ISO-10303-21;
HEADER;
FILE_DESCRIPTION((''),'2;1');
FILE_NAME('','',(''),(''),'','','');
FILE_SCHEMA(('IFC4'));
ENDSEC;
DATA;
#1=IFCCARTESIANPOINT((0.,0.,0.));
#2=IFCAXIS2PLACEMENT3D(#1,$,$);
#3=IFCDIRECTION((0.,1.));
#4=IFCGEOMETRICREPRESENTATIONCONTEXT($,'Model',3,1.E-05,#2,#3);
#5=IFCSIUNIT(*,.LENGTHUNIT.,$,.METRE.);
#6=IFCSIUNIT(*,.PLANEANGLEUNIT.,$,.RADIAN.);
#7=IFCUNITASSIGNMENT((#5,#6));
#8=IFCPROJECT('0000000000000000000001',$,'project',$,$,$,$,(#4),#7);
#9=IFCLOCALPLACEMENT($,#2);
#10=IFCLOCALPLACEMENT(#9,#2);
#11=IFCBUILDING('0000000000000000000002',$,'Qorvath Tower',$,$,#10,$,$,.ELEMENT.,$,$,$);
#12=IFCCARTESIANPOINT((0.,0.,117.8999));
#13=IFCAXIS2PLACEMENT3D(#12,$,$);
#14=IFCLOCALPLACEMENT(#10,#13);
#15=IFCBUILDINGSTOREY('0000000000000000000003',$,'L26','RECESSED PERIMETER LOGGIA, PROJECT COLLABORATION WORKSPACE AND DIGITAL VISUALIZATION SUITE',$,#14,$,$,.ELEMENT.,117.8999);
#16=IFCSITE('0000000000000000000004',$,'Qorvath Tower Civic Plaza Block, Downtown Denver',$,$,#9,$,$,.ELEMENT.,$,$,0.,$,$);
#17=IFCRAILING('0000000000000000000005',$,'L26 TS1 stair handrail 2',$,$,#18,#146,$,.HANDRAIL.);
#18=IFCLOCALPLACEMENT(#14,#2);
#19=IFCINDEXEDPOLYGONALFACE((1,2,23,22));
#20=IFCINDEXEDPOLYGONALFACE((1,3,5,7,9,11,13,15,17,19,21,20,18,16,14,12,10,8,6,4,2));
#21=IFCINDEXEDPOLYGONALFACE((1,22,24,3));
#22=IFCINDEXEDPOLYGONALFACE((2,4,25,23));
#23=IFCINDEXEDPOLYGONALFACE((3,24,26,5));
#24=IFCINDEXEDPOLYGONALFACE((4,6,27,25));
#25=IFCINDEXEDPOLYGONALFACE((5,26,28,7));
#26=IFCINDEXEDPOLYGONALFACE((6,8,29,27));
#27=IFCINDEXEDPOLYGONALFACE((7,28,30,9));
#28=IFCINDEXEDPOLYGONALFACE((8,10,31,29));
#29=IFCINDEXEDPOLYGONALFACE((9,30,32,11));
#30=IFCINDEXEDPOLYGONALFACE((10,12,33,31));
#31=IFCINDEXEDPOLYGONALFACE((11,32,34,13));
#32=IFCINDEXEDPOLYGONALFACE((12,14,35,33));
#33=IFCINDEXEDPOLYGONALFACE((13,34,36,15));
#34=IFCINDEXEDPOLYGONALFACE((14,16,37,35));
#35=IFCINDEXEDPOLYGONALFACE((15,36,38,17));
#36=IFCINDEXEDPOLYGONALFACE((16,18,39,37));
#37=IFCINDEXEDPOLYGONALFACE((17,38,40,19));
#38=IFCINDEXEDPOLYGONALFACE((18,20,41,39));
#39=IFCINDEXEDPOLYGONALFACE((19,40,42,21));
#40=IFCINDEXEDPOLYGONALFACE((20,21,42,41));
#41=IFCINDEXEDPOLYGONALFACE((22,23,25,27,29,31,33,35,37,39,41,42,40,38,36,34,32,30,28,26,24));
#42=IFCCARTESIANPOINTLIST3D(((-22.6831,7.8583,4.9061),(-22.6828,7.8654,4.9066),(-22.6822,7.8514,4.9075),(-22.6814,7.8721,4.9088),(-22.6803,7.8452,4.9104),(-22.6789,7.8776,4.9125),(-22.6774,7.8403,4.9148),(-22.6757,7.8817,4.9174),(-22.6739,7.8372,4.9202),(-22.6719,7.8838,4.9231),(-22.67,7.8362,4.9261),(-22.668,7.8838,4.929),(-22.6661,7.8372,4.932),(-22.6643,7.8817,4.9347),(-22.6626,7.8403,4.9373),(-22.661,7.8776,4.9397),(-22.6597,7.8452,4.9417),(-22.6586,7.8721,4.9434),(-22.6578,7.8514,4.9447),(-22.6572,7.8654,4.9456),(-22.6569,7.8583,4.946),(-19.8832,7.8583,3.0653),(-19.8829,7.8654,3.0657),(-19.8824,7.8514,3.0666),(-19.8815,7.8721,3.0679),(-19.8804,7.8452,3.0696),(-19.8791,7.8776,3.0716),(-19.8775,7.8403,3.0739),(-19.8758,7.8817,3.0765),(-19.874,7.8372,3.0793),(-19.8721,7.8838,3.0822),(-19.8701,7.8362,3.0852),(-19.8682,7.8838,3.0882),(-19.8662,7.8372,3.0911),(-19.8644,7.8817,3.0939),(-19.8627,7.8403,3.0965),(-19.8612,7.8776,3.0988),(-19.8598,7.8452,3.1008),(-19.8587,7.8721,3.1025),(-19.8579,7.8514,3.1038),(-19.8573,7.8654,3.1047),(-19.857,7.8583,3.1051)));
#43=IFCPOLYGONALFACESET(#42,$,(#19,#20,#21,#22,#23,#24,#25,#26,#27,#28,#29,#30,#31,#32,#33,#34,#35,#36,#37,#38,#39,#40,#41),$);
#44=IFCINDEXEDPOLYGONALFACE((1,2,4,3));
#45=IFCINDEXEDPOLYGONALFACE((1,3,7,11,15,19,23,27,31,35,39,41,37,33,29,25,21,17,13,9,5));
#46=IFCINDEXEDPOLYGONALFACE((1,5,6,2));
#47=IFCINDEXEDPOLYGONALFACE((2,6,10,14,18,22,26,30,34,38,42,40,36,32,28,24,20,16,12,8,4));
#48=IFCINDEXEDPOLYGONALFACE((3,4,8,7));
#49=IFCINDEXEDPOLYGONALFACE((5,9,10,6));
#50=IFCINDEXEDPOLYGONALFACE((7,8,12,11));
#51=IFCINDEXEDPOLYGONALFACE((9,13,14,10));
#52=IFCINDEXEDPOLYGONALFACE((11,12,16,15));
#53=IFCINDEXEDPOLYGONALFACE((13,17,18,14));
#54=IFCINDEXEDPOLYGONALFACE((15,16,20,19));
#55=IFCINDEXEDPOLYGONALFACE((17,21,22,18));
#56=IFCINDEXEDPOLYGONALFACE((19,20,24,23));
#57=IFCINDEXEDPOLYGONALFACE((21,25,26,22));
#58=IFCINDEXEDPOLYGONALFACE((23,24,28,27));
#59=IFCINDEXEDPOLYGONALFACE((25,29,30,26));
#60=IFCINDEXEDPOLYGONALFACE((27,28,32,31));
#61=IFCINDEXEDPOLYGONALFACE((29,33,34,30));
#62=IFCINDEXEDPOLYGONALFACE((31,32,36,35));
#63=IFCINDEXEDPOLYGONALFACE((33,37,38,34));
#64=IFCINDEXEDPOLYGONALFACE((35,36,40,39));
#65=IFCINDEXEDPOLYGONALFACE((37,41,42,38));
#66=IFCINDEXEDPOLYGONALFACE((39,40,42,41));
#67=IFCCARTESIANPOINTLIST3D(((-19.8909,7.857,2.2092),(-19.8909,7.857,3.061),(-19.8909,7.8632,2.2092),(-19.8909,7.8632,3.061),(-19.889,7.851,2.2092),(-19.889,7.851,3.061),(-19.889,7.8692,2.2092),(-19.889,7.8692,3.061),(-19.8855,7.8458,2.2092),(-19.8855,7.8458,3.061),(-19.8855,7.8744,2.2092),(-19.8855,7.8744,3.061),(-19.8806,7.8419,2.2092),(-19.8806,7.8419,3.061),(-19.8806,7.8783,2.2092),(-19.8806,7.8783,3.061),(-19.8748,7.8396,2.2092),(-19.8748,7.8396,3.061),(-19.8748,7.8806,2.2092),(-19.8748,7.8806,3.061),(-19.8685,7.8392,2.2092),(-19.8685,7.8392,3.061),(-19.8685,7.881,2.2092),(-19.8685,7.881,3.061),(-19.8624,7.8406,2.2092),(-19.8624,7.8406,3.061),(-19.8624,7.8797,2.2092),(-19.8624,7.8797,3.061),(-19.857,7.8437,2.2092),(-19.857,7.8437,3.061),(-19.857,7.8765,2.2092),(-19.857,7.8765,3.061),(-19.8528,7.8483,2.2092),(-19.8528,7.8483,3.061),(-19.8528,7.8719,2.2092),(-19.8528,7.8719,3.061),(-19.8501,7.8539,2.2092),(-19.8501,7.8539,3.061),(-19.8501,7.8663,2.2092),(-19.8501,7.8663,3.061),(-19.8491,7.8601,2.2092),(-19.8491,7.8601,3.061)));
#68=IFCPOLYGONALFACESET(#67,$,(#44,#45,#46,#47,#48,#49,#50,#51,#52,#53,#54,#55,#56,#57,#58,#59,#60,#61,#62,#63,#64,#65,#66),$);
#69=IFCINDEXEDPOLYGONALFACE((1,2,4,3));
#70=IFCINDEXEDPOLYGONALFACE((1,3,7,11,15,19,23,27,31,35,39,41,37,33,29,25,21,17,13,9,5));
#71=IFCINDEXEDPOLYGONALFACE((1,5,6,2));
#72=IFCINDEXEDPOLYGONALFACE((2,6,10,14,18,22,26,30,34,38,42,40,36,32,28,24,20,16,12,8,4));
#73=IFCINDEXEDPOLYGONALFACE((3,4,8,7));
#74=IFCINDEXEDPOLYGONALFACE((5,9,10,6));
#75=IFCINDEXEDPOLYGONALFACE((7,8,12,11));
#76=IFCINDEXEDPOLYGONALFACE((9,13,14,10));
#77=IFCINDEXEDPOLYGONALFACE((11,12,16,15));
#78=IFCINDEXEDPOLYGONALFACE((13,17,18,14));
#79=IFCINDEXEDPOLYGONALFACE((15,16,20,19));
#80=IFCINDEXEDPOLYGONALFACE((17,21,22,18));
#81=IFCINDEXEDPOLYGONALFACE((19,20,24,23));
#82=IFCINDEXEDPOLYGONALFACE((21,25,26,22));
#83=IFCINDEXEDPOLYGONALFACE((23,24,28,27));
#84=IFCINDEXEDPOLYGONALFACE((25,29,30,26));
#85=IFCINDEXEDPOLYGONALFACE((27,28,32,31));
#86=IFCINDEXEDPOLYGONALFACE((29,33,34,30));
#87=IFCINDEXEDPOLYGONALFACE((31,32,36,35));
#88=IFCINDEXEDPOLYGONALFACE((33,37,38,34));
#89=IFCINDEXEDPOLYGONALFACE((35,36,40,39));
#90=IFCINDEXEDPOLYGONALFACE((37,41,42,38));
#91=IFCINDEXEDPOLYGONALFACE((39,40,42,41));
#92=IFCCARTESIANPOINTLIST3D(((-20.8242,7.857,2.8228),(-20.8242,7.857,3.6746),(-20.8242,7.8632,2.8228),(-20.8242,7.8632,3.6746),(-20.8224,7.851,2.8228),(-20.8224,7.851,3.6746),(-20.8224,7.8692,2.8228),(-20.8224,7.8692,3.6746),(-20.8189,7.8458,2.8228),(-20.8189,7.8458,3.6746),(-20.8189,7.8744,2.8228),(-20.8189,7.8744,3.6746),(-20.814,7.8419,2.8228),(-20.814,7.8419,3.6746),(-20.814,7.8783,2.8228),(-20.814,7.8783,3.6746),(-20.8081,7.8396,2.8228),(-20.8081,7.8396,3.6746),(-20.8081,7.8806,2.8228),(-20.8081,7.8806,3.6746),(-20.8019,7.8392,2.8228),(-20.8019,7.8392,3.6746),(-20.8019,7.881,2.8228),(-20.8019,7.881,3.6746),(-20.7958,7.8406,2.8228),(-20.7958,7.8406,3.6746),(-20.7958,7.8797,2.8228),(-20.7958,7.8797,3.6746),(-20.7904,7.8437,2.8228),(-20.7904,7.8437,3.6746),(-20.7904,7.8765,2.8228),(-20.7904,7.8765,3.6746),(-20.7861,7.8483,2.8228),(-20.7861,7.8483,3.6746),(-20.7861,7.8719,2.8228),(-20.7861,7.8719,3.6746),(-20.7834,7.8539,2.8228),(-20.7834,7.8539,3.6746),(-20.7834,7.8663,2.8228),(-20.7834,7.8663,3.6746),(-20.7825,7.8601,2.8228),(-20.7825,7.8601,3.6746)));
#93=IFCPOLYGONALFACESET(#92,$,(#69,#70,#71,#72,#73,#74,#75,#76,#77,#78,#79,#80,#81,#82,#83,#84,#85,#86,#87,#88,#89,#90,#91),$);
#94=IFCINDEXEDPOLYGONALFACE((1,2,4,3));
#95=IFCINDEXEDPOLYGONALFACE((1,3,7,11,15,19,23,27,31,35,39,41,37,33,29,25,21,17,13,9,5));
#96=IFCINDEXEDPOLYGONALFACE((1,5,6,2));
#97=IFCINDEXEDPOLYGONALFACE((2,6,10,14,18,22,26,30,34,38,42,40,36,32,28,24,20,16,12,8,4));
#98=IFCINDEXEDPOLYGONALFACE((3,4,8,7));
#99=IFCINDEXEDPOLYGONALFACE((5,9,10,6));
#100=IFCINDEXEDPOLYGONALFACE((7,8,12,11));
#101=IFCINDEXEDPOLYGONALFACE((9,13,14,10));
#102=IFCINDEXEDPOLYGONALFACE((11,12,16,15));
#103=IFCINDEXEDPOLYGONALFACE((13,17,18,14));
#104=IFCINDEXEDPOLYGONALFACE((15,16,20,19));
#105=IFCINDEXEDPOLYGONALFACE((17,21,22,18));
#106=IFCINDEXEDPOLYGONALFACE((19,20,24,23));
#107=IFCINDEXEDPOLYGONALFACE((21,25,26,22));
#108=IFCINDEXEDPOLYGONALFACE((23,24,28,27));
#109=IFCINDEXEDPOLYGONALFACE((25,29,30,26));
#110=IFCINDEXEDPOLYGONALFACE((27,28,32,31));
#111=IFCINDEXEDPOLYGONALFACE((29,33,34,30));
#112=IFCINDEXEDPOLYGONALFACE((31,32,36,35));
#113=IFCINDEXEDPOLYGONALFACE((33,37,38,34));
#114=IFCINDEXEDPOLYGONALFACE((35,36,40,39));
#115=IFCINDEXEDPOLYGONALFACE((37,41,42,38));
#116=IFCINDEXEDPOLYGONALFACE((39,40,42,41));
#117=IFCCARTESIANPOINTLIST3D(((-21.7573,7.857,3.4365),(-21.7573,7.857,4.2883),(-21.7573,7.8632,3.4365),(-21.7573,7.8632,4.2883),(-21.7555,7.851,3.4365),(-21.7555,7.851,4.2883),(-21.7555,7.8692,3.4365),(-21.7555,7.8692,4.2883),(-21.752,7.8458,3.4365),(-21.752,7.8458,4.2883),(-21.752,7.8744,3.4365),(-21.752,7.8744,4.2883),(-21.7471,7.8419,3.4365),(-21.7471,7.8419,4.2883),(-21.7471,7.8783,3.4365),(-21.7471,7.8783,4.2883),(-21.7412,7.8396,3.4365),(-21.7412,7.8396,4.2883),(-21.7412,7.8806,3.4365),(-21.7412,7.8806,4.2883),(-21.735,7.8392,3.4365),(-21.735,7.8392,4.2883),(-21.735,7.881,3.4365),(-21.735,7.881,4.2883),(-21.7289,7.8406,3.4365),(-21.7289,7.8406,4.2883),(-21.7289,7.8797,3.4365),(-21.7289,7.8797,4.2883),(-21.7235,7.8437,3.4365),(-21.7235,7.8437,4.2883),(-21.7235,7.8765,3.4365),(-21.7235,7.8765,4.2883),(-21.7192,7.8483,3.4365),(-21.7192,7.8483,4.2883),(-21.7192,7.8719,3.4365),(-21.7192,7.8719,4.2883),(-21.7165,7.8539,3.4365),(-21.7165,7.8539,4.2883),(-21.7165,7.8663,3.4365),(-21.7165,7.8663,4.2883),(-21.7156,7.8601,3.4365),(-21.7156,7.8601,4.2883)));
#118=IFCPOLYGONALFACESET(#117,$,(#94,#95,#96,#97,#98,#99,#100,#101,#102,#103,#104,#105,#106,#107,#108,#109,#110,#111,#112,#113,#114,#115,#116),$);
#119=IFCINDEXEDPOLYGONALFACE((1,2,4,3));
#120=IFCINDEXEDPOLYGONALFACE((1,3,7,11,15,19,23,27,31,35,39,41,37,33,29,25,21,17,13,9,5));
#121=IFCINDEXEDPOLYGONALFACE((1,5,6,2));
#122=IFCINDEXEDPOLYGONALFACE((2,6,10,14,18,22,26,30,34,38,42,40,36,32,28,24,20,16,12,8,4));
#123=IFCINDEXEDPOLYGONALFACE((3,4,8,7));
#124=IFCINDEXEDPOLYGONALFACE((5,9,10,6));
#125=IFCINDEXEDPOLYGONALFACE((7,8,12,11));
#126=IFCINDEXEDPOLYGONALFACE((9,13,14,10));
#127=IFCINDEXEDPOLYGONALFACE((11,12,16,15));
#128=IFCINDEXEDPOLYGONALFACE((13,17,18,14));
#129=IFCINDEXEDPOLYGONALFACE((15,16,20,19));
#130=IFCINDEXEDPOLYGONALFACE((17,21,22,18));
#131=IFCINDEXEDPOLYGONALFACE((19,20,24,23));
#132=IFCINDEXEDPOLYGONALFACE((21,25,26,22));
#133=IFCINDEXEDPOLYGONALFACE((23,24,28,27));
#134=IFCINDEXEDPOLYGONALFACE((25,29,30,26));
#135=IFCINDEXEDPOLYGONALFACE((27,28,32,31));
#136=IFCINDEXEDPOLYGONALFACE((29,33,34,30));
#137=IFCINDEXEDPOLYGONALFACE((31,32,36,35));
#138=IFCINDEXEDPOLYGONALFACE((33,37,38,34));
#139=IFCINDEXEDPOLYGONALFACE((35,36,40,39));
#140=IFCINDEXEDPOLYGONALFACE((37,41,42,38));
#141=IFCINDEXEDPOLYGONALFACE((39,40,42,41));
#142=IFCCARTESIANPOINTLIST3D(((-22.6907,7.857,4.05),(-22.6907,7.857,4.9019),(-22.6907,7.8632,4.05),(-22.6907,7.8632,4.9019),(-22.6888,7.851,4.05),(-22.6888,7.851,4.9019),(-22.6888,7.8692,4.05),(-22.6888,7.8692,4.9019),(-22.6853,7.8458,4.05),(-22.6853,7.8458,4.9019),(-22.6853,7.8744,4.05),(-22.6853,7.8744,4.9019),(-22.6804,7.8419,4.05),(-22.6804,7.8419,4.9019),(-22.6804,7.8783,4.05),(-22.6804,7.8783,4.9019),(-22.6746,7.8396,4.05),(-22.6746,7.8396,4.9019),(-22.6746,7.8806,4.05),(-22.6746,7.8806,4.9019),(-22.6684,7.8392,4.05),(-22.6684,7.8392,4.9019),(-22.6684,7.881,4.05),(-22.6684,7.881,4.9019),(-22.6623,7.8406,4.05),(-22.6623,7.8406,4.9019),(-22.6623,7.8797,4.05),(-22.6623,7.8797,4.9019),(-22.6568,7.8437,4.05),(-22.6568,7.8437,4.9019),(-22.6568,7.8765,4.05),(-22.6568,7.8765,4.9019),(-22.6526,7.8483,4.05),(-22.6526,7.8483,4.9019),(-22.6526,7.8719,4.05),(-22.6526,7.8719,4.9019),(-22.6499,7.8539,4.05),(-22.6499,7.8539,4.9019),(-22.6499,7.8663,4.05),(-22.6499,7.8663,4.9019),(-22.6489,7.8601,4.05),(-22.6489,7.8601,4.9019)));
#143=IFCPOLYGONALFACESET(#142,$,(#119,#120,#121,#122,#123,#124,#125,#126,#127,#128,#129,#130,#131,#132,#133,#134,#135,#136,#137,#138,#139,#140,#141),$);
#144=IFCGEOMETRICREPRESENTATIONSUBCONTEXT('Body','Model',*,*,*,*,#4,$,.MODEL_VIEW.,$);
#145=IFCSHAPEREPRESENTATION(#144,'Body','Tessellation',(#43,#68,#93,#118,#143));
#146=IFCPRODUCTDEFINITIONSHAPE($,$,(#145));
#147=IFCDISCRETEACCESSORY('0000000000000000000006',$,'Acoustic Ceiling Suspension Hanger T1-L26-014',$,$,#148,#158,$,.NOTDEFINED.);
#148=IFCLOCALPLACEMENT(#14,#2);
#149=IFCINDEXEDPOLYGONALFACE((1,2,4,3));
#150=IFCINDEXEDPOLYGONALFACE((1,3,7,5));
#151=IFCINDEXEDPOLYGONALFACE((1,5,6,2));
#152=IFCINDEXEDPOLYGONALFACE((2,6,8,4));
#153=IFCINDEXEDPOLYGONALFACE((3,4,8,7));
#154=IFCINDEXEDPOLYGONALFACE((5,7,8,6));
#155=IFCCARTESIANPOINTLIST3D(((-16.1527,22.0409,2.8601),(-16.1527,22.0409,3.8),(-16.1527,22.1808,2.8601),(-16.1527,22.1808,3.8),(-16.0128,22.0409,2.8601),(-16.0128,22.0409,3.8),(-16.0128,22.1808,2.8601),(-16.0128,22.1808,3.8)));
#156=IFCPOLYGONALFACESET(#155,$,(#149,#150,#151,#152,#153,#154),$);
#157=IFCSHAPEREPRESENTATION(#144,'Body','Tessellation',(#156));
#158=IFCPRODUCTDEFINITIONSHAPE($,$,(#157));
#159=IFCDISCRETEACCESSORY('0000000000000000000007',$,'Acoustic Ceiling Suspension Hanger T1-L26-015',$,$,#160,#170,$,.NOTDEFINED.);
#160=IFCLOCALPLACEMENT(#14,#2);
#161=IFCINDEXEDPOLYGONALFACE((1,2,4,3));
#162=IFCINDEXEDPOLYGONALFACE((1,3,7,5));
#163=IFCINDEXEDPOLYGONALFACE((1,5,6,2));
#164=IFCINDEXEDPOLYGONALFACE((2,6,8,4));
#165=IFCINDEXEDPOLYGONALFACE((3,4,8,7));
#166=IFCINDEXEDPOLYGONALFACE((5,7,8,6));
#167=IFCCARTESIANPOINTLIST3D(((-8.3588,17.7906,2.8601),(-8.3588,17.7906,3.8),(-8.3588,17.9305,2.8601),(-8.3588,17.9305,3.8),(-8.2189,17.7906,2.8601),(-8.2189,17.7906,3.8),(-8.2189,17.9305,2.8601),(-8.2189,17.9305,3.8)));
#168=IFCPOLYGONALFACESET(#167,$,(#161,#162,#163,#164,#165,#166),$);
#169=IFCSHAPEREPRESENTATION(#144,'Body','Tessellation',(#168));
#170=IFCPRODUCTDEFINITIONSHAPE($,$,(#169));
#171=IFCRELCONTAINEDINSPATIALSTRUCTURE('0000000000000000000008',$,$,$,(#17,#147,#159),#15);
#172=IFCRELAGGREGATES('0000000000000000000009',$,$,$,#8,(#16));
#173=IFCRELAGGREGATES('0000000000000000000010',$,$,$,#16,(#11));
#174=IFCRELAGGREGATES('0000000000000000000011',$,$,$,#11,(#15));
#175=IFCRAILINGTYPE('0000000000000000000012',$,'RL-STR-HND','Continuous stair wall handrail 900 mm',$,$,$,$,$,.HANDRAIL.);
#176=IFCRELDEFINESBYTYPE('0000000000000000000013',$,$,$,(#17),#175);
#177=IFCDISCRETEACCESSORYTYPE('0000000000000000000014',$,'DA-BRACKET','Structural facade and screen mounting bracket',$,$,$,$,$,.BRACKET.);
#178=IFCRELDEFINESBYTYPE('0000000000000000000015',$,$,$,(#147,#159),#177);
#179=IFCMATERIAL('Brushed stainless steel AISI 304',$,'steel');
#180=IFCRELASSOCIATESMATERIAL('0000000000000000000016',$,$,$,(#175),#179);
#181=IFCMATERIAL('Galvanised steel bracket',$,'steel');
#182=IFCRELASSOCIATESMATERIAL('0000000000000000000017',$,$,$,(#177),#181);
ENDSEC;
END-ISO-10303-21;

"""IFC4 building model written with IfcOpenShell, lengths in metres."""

from ifc_helpers import new_model, si_unit, direction, frame, origin, origin_2d, place, context, subcontext, project, spatial, rectangle, circle, extrude, material, type_object, element, save


model = new_model("IFC4")

# Units and contexts
model_context = context("Model", 3, precision=1e-05, world=origin(), true_north=direction((0.0, 1.0)))
body_context = subcontext(model_context, "Body", "Model", "MODEL_VIEW")
ifc_project = project(units=[si_unit("LENGTHUNIT", "METRE"), si_unit("PLANEANGLEUNIT", "RADIAN")], contexts=[model_context])

# Site, building, storey
site_placement = place(None, origin())
site = spatial("IfcSite", under=ifc_project, at=site_placement, Name="Qorvath Tower Civic Plaza Block, Downtown Denver", CompositionType="ELEMENT", RefElevation=0.0)
building_placement = place(site_placement, origin())
building = spatial("IfcBuilding", under=site, at=building_placement, Name="Qorvath Tower", CompositionType="ELEMENT")
storey_placement = place(building_placement, frame((0.0, 0.0, 117.8999)))
storey = spatial("IfcBuildingStorey", under=building, at=storey_placement, Name="L26", Description="RECESSED PERIMETER LOGGIA, PROJECT COLLABORATION WORKSPACE AND DIGITAL VISUALIZATION SUITE", CompositionType="ELEMENT", Elevation=117.8999)

# Railing
ifc_material_1 = material(Name="Brushed stainless steel AISI 304", Category="steel")
railing_type = type_object("IfcRailingType", Name="RL-STR-HND", Description="Continuous stair wall handrail 900 mm", PredefinedType="HANDRAIL", material=ifc_material_1)
railing_placement = place(storey_placement, frame((-19.8701, 7.8601, 2.2092)))
element("IfcRailing", 1, at=railing_placement, inside=storey, type_object=railing_type, Name="L26 TS1 stair handrail 2", PredefinedType="HANDRAIL", context=body_context, shape_type="SweptSolid", body=[
    extrude(circle(Radius=0.0239, at=origin_2d()), frame((0.0, 0.0, 0.876), z_axis=(-0.835576, 0.0, 0.549376), x_axis=(0.0, -1.0, 0.0)), (0.0, 0.0, 1.0), 3.3508),
    extrude(circle(Radius=0.021, at=origin_2d()), origin(), (0.0, 0.0, 1.0), 0.8518),
    extrude(circle(Radius=0.021, at=origin_2d()), frame((-0.9333, 0.0, 0.6135)), (0.0, 0.0, 1.0), 0.8518),
    extrude(circle(Radius=0.021, at=origin_2d()), frame((-1.8665, 0.0, 1.2273)), (0.0, 0.0, 1.0), 0.8518),
    extrude(circle(Radius=0.021, at=origin_2d()), frame((-2.7998, 0.0, 1.8408)), (0.0, 0.0, 1.0), 0.8518),
])

# Discrete accessories
ifc_material_2 = material(Name="Galvanised steel bracket", Category="steel")
discrete_accessory_type = type_object("IfcDiscreteAccessoryType", Name="DA-BRACKET", Description="Structural facade and screen mounting bracket", PredefinedType="BRACKET", material=ifc_material_2)
for number, where, z_axis, x_axis, name in (
    (2, (-16.0828, 22.1108, 2.8601), (0.0, 0.0, 1.0), (1.0, 0.0, 0.0), "Acoustic Ceiling Suspension Hanger T1-L26-014"),
    (3, (-8.2888, 17.8606, 2.8601), (0.0, 0.0, 1.0), (1.0, 0.0, 0.0), "Acoustic Ceiling Suspension Hanger T1-L26-015"),
):
    element("IfcDiscreteAccessory", number, at=place(storey_placement, frame(where, z_axis=z_axis, x_axis=x_axis)), inside=storey, type_object=discrete_accessory_type, Name=name, PredefinedType="NOTDEFINED", context=body_context, shape_type="SweptSolid", body=[
        extrude(rectangle(XDim=0.1399, YDim=0.1399, at=origin_2d()), origin(), (0.0, 0.0, 1.0), 0.9399),
    ])

save(model, "model.ifc")
